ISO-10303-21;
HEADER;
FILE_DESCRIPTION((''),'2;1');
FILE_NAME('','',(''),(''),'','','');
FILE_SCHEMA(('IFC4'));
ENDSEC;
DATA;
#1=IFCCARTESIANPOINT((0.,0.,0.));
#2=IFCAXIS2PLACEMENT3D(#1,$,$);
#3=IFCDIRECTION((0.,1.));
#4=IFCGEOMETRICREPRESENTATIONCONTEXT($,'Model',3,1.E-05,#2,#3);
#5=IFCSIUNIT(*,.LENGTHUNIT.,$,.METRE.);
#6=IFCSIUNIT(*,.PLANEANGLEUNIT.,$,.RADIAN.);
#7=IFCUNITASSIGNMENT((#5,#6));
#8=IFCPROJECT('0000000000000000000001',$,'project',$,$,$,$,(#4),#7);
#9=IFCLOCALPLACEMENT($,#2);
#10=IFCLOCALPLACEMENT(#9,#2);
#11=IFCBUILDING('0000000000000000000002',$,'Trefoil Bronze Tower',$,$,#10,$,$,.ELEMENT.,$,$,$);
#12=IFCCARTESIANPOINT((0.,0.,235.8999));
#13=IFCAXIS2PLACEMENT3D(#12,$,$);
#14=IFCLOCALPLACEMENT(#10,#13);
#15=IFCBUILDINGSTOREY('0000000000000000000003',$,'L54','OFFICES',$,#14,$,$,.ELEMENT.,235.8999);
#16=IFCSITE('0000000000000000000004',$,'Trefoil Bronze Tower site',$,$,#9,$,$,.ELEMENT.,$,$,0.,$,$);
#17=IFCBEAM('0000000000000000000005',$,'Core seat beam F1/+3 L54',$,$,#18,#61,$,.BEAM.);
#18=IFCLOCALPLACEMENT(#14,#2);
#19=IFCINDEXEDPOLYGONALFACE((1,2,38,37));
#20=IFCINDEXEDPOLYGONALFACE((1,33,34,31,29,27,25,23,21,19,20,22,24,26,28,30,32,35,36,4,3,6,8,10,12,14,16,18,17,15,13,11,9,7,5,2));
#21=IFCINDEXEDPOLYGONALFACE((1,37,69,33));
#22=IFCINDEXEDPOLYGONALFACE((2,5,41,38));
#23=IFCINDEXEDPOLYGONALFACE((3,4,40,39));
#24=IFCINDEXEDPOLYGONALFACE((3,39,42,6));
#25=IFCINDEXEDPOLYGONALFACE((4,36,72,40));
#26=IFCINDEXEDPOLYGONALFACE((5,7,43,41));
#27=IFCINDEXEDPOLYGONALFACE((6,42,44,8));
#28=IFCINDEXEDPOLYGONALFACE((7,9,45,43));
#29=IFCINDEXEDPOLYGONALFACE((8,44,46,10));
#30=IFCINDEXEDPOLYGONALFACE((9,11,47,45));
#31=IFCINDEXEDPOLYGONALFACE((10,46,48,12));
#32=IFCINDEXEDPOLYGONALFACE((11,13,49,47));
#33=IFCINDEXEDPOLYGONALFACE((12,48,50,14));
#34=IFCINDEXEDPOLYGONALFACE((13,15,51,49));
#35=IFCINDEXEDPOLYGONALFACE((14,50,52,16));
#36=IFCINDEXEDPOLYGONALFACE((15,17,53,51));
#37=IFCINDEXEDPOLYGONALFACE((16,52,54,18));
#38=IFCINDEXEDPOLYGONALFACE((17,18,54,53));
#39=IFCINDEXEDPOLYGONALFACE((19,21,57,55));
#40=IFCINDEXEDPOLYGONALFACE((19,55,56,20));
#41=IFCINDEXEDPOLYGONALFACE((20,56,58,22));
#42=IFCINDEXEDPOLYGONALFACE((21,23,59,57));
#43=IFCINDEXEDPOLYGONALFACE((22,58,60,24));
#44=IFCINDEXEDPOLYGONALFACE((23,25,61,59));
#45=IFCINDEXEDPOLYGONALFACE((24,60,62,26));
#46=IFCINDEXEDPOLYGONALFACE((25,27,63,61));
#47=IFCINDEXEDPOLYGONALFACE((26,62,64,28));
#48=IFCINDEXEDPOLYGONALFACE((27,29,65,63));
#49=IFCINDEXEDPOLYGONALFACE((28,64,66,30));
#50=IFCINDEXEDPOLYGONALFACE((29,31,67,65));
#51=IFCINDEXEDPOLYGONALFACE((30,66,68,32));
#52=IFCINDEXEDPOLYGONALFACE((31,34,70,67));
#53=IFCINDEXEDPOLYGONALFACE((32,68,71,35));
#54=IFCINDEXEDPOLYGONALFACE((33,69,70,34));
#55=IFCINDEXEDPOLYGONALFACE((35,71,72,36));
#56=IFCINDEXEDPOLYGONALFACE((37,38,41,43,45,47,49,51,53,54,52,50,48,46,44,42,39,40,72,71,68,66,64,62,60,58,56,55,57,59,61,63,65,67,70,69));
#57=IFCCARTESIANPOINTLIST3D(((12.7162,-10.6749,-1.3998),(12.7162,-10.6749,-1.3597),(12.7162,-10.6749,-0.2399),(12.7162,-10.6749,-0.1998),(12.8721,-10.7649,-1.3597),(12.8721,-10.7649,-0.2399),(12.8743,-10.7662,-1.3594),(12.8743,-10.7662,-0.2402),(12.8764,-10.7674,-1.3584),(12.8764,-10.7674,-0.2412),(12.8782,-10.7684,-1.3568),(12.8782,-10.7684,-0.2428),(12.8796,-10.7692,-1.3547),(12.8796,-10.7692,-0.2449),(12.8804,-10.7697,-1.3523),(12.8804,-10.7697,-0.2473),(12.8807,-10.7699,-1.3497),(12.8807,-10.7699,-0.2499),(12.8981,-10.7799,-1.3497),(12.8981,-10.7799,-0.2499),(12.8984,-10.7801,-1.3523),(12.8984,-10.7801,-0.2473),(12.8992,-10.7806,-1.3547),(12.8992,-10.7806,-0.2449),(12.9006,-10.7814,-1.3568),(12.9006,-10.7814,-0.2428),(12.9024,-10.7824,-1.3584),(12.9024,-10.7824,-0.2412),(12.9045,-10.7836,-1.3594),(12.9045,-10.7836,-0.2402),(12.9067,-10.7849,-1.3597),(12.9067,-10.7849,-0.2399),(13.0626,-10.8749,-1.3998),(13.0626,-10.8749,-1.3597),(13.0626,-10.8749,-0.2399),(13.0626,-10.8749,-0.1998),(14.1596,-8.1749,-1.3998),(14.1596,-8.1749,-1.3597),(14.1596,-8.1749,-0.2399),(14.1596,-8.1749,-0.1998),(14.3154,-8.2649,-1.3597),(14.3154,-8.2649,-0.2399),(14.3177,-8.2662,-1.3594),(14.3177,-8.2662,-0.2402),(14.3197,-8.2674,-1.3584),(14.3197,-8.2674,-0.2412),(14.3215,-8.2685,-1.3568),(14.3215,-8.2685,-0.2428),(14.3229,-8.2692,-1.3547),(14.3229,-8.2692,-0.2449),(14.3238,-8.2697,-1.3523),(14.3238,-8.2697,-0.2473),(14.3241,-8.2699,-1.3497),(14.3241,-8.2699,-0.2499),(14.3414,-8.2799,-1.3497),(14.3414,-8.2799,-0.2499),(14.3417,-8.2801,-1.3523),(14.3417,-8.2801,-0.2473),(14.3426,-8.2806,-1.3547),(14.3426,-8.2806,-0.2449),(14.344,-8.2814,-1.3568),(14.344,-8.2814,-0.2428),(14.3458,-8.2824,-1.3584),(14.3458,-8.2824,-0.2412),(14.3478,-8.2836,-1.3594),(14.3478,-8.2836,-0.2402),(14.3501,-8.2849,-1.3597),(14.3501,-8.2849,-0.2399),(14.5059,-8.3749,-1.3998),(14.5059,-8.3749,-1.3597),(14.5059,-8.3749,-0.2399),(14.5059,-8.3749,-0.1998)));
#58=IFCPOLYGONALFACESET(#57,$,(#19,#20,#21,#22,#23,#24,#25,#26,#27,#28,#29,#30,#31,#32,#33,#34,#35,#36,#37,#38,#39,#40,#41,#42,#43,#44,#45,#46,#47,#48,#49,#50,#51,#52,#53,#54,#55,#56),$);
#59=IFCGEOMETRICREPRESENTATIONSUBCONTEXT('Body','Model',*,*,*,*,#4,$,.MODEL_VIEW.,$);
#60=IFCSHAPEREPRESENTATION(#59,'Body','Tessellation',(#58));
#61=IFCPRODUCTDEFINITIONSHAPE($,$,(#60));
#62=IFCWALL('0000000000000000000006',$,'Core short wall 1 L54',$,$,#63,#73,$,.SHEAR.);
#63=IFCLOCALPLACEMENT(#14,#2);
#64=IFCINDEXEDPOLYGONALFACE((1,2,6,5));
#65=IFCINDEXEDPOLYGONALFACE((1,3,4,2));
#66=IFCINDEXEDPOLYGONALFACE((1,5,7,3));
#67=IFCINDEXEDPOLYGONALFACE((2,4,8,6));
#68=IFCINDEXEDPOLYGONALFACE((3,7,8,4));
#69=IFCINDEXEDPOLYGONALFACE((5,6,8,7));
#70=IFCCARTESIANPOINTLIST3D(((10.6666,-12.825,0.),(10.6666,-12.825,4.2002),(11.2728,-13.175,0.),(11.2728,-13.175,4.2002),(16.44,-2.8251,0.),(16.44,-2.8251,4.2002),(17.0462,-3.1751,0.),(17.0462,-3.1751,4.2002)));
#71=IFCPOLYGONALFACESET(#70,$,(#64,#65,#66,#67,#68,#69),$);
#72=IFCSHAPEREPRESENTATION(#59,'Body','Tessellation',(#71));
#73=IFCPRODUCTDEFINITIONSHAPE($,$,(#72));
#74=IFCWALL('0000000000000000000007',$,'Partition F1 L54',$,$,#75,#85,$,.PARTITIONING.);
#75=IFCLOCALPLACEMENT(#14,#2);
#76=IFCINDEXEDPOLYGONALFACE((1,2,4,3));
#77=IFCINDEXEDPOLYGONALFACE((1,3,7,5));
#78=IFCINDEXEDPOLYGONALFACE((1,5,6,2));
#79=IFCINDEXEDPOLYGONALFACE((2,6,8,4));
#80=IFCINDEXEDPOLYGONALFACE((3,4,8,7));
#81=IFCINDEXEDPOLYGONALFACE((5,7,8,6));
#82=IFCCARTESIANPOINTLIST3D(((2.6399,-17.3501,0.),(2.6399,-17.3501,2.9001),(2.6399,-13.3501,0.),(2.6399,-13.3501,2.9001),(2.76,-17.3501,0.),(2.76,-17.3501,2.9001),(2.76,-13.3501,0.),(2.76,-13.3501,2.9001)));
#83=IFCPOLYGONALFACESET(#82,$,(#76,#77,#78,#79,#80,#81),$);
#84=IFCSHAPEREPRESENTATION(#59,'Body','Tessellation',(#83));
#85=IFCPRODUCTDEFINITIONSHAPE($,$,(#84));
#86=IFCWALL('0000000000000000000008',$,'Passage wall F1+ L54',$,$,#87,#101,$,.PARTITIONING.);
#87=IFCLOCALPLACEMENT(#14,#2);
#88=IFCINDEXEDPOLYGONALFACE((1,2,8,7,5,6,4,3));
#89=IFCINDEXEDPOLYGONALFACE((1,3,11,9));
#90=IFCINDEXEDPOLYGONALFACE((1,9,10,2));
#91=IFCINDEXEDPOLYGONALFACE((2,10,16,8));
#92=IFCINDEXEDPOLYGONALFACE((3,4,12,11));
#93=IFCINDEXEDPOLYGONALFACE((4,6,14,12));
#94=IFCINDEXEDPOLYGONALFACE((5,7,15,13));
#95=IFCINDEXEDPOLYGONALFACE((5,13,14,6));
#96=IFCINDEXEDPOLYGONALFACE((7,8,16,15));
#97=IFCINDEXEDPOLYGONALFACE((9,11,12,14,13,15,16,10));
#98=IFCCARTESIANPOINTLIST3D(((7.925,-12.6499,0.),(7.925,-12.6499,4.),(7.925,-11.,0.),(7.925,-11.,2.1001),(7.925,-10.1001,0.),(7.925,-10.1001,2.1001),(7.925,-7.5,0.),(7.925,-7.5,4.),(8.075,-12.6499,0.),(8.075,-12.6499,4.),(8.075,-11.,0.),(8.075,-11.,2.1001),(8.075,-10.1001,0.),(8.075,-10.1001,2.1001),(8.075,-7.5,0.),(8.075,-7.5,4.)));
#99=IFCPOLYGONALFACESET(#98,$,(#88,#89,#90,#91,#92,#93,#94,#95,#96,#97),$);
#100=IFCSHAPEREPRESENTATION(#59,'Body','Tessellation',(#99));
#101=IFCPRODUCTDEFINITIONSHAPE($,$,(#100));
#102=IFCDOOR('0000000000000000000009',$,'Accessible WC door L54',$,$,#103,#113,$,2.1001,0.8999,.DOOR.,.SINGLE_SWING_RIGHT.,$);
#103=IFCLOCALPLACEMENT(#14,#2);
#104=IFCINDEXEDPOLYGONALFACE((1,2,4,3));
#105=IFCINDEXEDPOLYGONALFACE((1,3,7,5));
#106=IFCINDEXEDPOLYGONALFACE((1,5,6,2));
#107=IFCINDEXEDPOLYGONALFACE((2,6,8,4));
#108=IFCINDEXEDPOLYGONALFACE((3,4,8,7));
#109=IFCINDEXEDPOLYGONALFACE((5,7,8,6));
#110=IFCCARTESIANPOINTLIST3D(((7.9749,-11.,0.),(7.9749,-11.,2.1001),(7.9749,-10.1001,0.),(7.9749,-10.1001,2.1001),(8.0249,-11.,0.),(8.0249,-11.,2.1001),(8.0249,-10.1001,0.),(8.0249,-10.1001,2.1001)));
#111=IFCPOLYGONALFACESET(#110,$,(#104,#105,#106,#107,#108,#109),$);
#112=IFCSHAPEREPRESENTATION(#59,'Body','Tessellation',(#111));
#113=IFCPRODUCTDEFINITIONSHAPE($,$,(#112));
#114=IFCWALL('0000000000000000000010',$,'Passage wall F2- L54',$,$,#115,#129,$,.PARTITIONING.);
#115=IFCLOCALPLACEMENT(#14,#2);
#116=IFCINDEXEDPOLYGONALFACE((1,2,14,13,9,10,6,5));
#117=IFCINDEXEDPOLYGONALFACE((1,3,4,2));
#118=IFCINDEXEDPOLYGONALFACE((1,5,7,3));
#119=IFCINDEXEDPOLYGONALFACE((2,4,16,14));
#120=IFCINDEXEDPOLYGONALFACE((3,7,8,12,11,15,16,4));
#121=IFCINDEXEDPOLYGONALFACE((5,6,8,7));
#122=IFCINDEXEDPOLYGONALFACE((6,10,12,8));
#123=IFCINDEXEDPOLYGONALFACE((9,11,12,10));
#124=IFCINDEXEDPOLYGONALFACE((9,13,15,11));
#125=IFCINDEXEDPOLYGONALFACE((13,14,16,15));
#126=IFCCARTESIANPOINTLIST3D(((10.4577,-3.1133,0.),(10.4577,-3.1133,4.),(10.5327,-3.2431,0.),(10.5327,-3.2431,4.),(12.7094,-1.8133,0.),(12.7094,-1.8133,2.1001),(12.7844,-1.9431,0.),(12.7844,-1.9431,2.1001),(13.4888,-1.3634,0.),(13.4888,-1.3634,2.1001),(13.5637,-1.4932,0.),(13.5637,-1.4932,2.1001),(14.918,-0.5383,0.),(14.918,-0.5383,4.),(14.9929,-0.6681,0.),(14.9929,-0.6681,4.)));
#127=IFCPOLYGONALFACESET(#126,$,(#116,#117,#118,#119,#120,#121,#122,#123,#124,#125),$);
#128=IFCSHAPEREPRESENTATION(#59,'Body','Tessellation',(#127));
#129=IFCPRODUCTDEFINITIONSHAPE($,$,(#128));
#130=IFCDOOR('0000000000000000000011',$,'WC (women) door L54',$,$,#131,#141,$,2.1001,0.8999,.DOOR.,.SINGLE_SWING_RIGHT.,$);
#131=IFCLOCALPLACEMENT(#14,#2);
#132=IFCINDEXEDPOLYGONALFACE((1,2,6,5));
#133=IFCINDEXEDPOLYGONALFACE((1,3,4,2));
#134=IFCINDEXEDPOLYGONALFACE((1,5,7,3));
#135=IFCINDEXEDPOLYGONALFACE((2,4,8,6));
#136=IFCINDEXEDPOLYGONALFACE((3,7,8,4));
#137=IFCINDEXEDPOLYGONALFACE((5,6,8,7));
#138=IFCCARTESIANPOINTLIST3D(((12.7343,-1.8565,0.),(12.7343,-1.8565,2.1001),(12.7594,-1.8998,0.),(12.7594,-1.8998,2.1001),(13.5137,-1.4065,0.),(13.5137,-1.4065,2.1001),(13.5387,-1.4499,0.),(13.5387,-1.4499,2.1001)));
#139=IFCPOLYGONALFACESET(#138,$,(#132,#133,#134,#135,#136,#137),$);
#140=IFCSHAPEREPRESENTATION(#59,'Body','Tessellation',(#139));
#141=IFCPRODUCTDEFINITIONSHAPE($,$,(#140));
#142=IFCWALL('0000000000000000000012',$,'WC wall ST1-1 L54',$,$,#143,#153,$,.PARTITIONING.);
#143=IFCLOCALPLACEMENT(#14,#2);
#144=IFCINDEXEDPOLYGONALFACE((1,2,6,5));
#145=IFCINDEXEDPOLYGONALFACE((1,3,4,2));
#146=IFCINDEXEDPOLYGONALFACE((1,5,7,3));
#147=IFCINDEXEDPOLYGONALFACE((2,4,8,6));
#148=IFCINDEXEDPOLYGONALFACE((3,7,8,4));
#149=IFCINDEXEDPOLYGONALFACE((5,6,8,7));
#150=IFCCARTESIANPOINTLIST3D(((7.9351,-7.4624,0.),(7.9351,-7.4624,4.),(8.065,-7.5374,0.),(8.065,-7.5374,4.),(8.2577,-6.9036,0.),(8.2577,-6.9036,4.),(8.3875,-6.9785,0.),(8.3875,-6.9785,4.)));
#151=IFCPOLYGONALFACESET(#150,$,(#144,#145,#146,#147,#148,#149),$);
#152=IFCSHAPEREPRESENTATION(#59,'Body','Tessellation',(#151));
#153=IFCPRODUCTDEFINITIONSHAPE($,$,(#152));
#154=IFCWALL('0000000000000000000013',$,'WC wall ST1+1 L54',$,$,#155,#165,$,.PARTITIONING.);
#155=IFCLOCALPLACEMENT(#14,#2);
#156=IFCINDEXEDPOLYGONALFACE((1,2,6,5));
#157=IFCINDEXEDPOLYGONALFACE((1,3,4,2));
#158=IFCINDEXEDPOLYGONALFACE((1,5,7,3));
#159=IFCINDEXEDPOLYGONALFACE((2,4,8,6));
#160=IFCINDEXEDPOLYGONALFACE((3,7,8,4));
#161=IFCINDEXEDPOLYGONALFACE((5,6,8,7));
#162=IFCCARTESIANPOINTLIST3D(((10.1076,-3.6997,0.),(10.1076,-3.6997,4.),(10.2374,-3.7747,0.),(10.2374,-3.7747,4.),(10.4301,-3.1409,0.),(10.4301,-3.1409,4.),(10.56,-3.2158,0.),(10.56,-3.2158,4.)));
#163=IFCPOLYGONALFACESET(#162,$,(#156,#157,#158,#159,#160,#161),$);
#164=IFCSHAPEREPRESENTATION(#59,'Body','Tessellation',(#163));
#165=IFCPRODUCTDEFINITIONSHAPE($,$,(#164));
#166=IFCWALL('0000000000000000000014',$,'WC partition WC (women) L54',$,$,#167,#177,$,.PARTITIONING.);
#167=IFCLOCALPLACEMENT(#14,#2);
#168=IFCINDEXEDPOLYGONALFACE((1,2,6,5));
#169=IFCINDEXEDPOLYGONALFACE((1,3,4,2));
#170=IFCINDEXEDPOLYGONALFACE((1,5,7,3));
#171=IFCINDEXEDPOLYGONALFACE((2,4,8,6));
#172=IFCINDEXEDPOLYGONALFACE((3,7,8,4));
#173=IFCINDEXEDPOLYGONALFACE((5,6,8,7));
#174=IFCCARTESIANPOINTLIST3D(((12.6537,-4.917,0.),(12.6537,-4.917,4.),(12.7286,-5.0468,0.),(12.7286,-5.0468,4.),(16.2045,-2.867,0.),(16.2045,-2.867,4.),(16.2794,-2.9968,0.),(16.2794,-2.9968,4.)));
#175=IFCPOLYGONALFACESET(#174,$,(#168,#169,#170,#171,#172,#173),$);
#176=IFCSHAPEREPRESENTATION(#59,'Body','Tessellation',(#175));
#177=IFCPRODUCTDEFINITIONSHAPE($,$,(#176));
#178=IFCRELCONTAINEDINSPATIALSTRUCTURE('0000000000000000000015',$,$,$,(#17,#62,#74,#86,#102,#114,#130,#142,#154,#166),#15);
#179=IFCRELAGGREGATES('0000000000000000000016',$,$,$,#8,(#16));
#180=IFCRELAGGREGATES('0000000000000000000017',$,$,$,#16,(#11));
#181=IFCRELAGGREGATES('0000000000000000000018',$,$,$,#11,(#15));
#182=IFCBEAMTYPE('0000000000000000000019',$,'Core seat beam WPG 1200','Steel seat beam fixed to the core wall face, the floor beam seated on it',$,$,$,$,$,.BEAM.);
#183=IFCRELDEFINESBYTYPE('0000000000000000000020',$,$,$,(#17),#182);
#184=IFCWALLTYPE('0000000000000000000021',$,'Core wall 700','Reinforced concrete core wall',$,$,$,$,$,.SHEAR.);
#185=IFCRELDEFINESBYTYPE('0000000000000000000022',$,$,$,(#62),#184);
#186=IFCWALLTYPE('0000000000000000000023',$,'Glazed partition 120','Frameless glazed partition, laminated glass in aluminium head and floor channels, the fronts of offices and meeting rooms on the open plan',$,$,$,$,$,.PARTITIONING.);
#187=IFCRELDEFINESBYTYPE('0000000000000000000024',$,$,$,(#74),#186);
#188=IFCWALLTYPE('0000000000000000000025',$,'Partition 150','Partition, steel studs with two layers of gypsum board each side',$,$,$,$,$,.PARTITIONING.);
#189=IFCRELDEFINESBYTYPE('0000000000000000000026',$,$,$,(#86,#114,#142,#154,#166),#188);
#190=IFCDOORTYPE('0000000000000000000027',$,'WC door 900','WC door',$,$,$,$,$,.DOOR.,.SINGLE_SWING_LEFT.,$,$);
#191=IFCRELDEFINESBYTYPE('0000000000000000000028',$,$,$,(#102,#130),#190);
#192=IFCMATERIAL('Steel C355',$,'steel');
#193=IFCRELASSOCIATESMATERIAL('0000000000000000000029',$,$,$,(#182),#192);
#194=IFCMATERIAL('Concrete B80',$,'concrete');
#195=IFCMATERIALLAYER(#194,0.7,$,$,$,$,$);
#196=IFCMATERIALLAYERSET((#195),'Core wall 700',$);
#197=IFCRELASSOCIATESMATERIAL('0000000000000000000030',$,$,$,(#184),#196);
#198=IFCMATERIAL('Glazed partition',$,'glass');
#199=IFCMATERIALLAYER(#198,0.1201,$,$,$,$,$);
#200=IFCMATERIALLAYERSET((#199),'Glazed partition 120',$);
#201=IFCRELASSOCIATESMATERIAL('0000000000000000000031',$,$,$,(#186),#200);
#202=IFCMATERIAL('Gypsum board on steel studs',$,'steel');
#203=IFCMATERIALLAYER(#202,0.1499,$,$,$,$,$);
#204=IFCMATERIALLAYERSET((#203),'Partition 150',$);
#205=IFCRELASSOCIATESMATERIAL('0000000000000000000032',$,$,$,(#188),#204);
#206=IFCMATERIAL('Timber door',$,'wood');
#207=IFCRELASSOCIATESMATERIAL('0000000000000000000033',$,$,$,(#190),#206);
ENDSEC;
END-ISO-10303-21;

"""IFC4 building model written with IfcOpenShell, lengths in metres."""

from ifc_helpers import new_model, si_unit, direction, frame, frame_2d, origin, origin_2d, place, context, subcontext, project, spatial, rectangle, i_section, extrude, material, layer, layer_set, material_profile, profile_set, type_object, element, fill, save


model = new_model("IFC4")

# Units and contexts
model_context = context("Model", 3, precision=1e-05, world=origin(), true_north=direction((0.0, 1.0)))
body_context = subcontext(model_context, "Body", "Model", "MODEL_VIEW")
ifc_project = project(units=[si_unit("LENGTHUNIT", "METRE"), si_unit("PLANEANGLEUNIT", "RADIAN")], contexts=[model_context])

# Site, building, storey
site_placement = place(None, origin())
site = spatial("IfcSite", under=ifc_project, at=site_placement, Name="Trefoil Bronze Tower site", CompositionType="ELEMENT", RefElevation=0.0)
building_placement = place(site_placement, origin())
building = spatial("IfcBuilding", under=site, at=building_placement, Name="Trefoil Bronze Tower", CompositionType="ELEMENT")
storey_placement = place(building_placement, frame((0.0, 0.0, 235.8999)))
storey = spatial("IfcBuildingStorey", under=building, at=storey_placement, Name="L54", Description="OFFICES", CompositionType="ELEMENT", Elevation=235.8999)

# Beam
ifc_material_1 = material(Name="Steel C355", Category="steel")
ifc_material_profile = material_profile(ifc_material_1, i_section(OverallWidth=0.3999, OverallDepth=1.2, WebThickness=0.02, FlangeThickness=0.04, FilletRadius=0.01, at=origin_2d()), Name="WPG 1200")
ifc_profile_set = profile_set([ifc_material_profile], Name="Steel C355")
beam_type = type_object("IfcBeamType", Name="Core seat beam WPG 1200", Description="Steel seat beam fixed to the core wall face, the floor beam seated on it", PredefinedType="BEAM", material=ifc_profile_set)
beam_placement = place(storey_placement, frame((12.8894, -10.7749, -0.7998), z_axis=(0.499996, 0.866028, 0.0), x_axis=(-0.866028, 0.499996, 0.0)))
element("IfcBeam", 1, at=beam_placement, inside=storey, type_object=beam_type, Name="Core seat beam F1/+3 L54", PredefinedType="BEAM", context=body_context, shape_type="SweptSolid", body=[
    extrude(i_section(OverallWidth=0.3999, OverallDepth=1.2, WebThickness=0.02, FlangeThickness=0.04, FilletRadius=0.01, at=origin_2d()), origin(), (0.0, 0.0, 1.0), 2.8867),
])

# Walls
ifc_material_2 = material(Name="Concrete B80", Category="concrete")
ifc_layer_1 = layer(ifc_material_2, 0.7)
ifc_layer_set_1 = layer_set([ifc_layer_1], Name="Core wall 700")
wall_type_1 = type_object("IfcWallType", Name="Core wall 700", Description="Reinforced concrete core wall", PredefinedType="SHEAR", material=ifc_layer_set_1)
wall_1_placement = place(storey_placement, frame((10.9697, -13.0, 0.0), z_axis=(0.0, 0.0, 1.0), x_axis=(0.499996, 0.866028, 0.0)))
element("IfcWall", 2, at=wall_1_placement, inside=storey, type_object=wall_type_1, Name="Core short wall 1 L54", PredefinedType="SHEAR", context=body_context, shape_type="SweptSolid", body=[
    extrude(rectangle(XDim=11.5469, YDim=0.7, at=frame_2d((5.7734, 0.0))), origin(), (0.0, 0.0, 1.0), 4.2002),
])
ifc_material_3 = material(Name="Glazed partition", Category="glass")
ifc_layer_2 = layer(ifc_material_3, 0.1201)
ifc_layer_set_2 = layer_set([ifc_layer_2], Name="Glazed partition 120")
wall_type_2 = type_object("IfcWallType", Name="Glazed partition 120", Description="Frameless glazed partition, laminated glass in aluminium head and floor channels, the fronts of offices and meeting rooms on the open plan", PredefinedType="PARTITIONING", material=ifc_layer_set_2)
wall_2_placement = place(storey_placement, frame((2.7, -13.3501, 0.0), z_axis=(0.0, 0.0, 1.0), x_axis=(0.0, -1.0, 0.0)))
element("IfcWall", 3, at=wall_2_placement, inside=storey, type_object=wall_type_2, Name="Partition F1 L54", PredefinedType="PARTITIONING", context=body_context, shape_type="SweptSolid", body=[
    extrude(rectangle(XDim=4.0, YDim=0.1201, at=frame_2d((2.0, 0.0))), origin(), (0.0, 0.0, 1.0), 2.9001),
])

# Walls, openings, doors
ifc_material_4 = material(Name="Gypsum board on steel studs", Category="steel")
ifc_layer_3 = layer(ifc_material_4, 0.1499)
ifc_layer_set_3 = layer_set([ifc_layer_3], Name="Partition 150")
wall_type_3 = type_object("IfcWallType", Name="Partition 150", Description="Partition, steel studs with two layers of gypsum board each side", PredefinedType="PARTITIONING", material=ifc_layer_set_3)
wall_3_placement = place(storey_placement, frame((8.0, -7.5, 0.0), z_axis=(0.0, 0.0, 1.0), x_axis=(0.0, -1.0, 0.0)))
wall_3 = element("IfcWall", 4, at=wall_3_placement, inside=storey, type_object=wall_type_3, Name="Passage wall F1+ L54", PredefinedType="PARTITIONING", context=body_context, shape_type="SweptSolid", body=[
    extrude(rectangle(XDim=5.1499, YDim=0.1499, at=frame_2d((2.575, 0.0))), origin(), (0.0, 0.0, 1.0), 4.0),
])
opening_1_placement = place(wall_3_placement, frame((2.6001, 0.0, 0.0)))
opening_1 = element("IfcOpeningElement", 5, at=opening_1_placement, cuts=wall_3, PredefinedType="OPENING", context=body_context, shape_type="SweptSolid", body=[
    extrude(rectangle(XDim=0.8999, YDim=2.1001, at=frame_2d((0.45, 1.05))), frame((0.0, 0.085, 0.0), z_axis=(0.0, -1.0, 0.0), x_axis=(1.0, 0.0, 0.0)), (0.0, 0.0, 1.0), 0.1699),
])
ifc_material_5 = material(Name="Timber door", Category="wood")
door_type_1 = type_object("IfcDoorType", Name="WC door 900", Description="WC door", OperationType="SINGLE_SWING_LEFT", PredefinedType="DOOR", material=ifc_material_5)
door_1_placement = place(opening_1_placement, origin())
door_1 = element("IfcDoor", 6, at=door_1_placement, inside=storey, type_object=door_type_1, Name="Accessible WC door L54", OperationType="SINGLE_SWING_RIGHT", OverallHeight=2.1001, OverallWidth=0.8999, PredefinedType="DOOR", context=body_context, shape_type="SweptSolid", body=[
    extrude(rectangle(XDim=0.8999, YDim=2.1001, at=frame_2d((0.45, 1.05))), frame((0.0, 0.0249, 0.0), z_axis=(0.0, -1.0, 0.0), x_axis=(1.0, 0.0, 0.0)), (0.0, 0.0, 1.0), 0.05),
])
fill(opening_1, door_1)
wall_4_placement = place(storey_placement, frame((10.4951, -3.1782, 0.0), z_axis=(0.0, 0.0, 1.0), x_axis=(0.866038, 0.499978, 0.0)))
wall_4 = element("IfcWall", 7, at=wall_4_placement, inside=storey, type_object=wall_type_3, Name="Passage wall F2- L54", PredefinedType="PARTITIONING", context=body_context, shape_type="SweptSolid", body=[
    extrude(rectangle(XDim=5.1501, YDim=0.1499, at=frame_2d((2.5752, 0.0))), origin(), (0.0, 0.0, 1.0), 4.0),
])
opening_2_placement = place(wall_4_placement, frame((2.6001, 0.0, 0.0)))
opening_2 = element("IfcOpeningElement", 8, at=opening_2_placement, cuts=wall_4, PredefinedType="OPENING", context=body_context, shape_type="SweptSolid", body=[
    extrude(rectangle(XDim=0.8999, YDim=2.1001, at=frame_2d((0.45, 1.05))), frame((0.0, 0.085, 0.0), z_axis=(0.0, -1.0, 0.0), x_axis=(1.0, 0.0, 0.0)), (0.0, 0.0, 1.0), 0.1699),
])
door_2_placement = place(opening_2_placement, frame((0.8999, 0.0, 0.0), z_axis=(0.0, 0.0, 1.0), x_axis=(-1.0, 0.0, 0.0)))
door_2 = element("IfcDoor", 9, at=door_2_placement, inside=storey, type_object=door_type_1, Name="WC (women) door L54", OperationType="SINGLE_SWING_RIGHT", OverallHeight=2.1001, OverallWidth=0.8999, PredefinedType="DOOR", context=body_context, shape_type="SweptSolid", body=[
    extrude(rectangle(XDim=0.8999, YDim=2.1001, at=frame_2d((0.45, 1.05))), frame((0.0, 0.0249, 0.0), z_axis=(0.0, -1.0, 0.0), x_axis=(1.0, 0.0, 0.0)), (0.0, 0.0, 1.0), 0.05),
])
fill(opening_2, door_2)

# Walls
for number, where, z_axis, x_axis, name in (
    (10, (8.0, -7.5, 0.0), (0.0, 0.0, 1.0), (0.499843, 0.866116, 0.0), "WC wall ST1-1 L54"),
    (11, (10.4951, -3.1782, 0.0), (0.0, 0.0, 1.0), (-0.499843, -0.866116, 0.0), "WC wall ST1+1 L54"),
):
    element("IfcWall", number, at=place(storey_placement, frame(where, z_axis=z_axis, x_axis=x_axis)), inside=storey, type_object=wall_type_3, Name=name, PredefinedType="PARTITIONING", context=body_context, shape_type="SweptSolid", body=[
        extrude(rectangle(XDim=0.6453, YDim=0.1499, at=frame_2d((0.3228, 0.0))), origin(), (0.0, 0.0, 1.0), 4.0),
    ])
wall_5_placement = place(storey_placement, frame((12.6912, -4.9819, 0.0), z_axis=(0.0, 0.0, 1.0), x_axis=(0.866025, 0.500001, 0.0)))
element("IfcWall", 12, at=wall_5_placement, inside=storey, type_object=wall_type_3, Name="WC partition WC (women) L54", PredefinedType="PARTITIONING", context=body_context, shape_type="SweptSolid", body=[
    extrude(rectangle(XDim=4.1001, YDim=0.1499, at=frame_2d((2.05, 0.0))), origin(), (0.0, 0.0, 1.0), 4.0),
])

save(model, "model.ifc")
